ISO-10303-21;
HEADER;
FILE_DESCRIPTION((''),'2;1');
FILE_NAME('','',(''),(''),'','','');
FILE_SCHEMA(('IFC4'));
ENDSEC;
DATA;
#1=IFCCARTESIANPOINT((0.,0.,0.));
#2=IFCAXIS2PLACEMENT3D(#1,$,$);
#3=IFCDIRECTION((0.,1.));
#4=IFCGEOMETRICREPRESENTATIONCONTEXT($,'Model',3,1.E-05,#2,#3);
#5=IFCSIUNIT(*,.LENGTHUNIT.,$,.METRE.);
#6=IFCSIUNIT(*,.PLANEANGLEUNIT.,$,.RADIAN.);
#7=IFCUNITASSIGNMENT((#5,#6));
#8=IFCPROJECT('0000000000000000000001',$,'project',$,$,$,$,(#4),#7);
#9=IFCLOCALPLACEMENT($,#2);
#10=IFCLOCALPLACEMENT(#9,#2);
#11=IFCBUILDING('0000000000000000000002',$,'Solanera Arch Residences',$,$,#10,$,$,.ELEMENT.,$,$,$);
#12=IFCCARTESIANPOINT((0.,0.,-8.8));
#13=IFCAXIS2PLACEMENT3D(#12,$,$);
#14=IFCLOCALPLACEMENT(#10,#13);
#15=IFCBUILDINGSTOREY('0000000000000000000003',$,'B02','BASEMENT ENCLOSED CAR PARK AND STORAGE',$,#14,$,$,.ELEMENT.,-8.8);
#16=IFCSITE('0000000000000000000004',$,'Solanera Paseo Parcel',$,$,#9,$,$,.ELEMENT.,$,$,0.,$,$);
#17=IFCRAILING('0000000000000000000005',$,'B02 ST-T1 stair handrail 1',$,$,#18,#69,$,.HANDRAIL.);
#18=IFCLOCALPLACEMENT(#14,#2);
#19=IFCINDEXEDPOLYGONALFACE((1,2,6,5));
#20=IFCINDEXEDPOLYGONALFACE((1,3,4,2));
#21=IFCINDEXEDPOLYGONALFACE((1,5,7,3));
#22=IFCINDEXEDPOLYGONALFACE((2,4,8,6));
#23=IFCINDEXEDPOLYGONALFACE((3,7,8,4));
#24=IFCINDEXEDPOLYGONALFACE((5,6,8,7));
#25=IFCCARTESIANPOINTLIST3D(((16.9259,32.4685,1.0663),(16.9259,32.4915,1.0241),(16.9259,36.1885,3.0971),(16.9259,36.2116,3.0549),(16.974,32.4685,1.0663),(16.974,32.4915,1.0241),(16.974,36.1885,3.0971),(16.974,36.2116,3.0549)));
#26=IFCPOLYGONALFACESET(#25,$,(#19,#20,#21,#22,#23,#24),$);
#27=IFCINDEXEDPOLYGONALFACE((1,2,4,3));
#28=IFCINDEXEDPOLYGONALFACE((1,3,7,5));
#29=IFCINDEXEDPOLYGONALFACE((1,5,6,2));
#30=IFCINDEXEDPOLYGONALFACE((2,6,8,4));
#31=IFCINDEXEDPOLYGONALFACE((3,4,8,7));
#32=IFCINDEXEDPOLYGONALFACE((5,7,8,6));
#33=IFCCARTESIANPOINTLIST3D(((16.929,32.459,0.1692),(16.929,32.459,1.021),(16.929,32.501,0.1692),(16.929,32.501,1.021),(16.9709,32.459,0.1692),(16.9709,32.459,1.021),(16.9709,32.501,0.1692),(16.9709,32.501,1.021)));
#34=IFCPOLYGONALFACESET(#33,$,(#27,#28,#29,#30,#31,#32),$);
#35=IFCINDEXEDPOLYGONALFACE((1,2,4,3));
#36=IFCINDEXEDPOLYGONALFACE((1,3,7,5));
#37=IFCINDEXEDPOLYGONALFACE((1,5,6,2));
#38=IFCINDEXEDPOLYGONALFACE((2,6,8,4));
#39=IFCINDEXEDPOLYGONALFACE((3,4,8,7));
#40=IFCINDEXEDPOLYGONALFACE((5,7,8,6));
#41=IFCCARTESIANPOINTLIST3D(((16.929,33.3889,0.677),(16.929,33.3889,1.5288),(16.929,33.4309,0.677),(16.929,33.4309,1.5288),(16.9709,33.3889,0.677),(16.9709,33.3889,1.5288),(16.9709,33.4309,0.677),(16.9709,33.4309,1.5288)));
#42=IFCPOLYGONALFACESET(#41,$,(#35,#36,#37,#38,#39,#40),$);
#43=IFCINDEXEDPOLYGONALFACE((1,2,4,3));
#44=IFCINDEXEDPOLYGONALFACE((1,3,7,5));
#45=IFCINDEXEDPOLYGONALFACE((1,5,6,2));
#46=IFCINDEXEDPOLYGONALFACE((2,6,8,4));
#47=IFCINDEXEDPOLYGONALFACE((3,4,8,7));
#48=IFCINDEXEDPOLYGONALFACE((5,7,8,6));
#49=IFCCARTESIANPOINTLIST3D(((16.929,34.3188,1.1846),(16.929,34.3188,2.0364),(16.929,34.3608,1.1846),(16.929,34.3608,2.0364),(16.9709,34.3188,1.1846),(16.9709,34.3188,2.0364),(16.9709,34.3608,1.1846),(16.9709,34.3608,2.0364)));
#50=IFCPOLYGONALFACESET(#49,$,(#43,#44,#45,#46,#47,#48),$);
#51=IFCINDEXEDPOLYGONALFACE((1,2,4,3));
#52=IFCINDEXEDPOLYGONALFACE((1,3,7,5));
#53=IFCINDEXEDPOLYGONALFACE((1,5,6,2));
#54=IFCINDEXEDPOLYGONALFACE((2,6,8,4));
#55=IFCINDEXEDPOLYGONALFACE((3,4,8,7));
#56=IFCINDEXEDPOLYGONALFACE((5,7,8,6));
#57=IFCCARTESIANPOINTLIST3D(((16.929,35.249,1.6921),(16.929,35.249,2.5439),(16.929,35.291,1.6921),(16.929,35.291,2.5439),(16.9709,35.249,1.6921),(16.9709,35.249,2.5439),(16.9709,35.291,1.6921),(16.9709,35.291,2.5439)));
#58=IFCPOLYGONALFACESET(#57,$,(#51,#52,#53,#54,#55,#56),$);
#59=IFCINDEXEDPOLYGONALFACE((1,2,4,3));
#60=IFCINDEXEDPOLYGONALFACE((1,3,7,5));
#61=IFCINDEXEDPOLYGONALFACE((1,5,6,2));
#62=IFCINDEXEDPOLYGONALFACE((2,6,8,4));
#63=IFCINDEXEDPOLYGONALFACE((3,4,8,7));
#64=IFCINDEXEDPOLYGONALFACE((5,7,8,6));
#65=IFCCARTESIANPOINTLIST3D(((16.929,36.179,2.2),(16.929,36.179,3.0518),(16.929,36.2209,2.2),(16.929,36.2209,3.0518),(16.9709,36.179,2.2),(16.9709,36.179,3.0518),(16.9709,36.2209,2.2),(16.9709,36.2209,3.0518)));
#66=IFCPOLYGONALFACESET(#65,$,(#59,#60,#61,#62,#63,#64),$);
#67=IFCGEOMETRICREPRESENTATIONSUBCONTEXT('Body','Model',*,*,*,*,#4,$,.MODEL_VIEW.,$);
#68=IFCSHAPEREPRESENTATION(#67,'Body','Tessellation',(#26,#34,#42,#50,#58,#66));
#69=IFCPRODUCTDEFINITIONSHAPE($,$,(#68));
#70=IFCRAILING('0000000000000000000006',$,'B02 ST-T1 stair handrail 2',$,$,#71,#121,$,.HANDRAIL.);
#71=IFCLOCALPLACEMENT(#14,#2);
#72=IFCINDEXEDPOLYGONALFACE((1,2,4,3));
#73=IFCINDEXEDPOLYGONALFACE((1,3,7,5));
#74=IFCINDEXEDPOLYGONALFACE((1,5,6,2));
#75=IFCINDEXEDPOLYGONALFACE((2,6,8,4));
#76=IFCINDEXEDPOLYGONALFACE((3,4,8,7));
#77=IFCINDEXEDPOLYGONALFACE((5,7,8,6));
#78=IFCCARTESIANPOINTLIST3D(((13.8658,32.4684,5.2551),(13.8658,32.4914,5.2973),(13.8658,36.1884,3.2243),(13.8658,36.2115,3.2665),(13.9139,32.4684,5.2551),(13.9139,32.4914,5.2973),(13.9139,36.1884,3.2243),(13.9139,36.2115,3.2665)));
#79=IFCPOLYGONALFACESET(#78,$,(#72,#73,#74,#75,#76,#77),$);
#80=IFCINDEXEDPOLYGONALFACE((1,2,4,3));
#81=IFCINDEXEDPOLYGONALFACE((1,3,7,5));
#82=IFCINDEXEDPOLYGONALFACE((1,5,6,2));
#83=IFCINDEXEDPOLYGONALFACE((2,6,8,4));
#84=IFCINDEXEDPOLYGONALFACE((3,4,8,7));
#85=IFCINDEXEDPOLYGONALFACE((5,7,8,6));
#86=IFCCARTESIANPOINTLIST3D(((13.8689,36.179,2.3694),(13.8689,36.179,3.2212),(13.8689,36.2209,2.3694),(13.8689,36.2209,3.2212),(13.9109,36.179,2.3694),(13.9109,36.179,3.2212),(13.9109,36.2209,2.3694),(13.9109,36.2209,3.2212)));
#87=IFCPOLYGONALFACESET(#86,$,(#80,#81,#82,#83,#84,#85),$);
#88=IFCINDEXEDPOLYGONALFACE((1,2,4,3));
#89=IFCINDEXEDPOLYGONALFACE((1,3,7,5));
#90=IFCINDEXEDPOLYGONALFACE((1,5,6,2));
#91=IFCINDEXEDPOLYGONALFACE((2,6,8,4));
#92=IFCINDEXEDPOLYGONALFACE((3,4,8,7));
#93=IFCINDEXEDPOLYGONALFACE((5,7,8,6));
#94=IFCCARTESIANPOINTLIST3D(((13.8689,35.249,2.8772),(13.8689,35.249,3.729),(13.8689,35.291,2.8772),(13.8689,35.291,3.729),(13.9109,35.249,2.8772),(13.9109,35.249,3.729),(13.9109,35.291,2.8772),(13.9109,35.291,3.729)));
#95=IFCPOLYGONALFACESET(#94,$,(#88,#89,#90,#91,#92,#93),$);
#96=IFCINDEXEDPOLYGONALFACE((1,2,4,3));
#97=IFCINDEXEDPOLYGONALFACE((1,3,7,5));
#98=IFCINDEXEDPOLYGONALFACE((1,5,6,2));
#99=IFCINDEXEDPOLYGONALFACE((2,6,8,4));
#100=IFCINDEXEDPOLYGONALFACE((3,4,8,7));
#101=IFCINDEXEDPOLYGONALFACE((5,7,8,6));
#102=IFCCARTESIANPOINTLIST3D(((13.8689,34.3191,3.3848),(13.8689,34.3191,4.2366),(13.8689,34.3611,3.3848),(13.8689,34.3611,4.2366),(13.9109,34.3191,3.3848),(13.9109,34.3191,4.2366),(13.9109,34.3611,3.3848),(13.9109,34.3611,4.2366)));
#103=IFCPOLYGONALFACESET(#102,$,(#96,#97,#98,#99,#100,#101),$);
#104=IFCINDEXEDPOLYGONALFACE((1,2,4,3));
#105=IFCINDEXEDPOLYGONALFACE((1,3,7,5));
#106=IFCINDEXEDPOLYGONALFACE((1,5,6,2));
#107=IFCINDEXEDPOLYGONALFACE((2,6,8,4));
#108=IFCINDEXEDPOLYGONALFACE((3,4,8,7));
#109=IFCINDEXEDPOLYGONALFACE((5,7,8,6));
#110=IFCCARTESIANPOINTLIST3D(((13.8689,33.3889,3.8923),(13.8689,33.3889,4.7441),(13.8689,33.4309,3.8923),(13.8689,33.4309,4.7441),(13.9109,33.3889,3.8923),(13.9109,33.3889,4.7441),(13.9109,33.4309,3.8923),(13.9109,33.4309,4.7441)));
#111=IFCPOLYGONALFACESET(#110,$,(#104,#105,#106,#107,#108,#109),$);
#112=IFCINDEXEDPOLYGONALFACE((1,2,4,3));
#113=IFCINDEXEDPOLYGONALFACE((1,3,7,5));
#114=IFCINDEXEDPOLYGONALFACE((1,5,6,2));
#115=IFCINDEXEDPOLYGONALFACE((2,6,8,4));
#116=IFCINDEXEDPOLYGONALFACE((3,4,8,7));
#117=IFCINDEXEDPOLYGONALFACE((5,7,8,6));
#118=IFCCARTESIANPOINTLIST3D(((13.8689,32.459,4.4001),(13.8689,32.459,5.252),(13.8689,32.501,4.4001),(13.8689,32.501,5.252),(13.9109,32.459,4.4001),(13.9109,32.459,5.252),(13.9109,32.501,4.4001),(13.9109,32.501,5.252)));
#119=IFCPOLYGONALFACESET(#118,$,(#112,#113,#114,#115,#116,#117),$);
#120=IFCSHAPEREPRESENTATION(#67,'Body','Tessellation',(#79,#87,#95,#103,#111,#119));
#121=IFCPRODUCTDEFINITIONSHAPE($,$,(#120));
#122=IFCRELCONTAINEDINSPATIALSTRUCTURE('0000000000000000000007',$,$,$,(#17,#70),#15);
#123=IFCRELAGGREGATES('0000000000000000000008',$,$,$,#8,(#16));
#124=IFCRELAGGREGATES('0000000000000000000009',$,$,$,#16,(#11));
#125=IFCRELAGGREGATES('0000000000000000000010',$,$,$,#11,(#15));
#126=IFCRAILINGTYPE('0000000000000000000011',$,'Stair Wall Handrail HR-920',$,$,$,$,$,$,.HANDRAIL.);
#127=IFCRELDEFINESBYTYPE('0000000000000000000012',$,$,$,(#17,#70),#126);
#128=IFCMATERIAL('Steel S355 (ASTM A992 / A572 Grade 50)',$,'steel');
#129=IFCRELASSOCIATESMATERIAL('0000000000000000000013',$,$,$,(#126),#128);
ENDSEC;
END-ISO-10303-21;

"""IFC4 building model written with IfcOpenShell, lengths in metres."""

from ifc_helpers import new_model, si_unit, direction, frame, origin, origin_2d, place, context, subcontext, project, spatial, rectangle, extrude, material, type_object, element, save


model = new_model("IFC4")

# Units and contexts
model_context = context("Model", 3, precision=1e-05, world=origin(), true_north=direction((0.0, 1.0)))
body_context = subcontext(model_context, "Body", "Model", "MODEL_VIEW")
ifc_project = project(units=[si_unit("LENGTHUNIT", "METRE"), si_unit("PLANEANGLEUNIT", "RADIAN")], contexts=[model_context])

# Site, building, storey
site_placement = place(None, origin())
site = spatial("IfcSite", under=ifc_project, at=site_placement, Name="Solanera Paseo Parcel", CompositionType="ELEMENT", RefElevation=0.0)
building_placement = place(site_placement, origin())
building = spatial("IfcBuilding", under=site, at=building_placement, Name="Solanera Arch Residences", CompositionType="ELEMENT")
storey_placement = place(building_placement, frame((0.0, 0.0, -8.8)))
storey = spatial("IfcBuildingStorey", under=building, at=storey_placement, Name="B02", Description="BASEMENT ENCLOSED CAR PARK AND STORAGE", CompositionType="ELEMENT", Elevation=-8.8)

# Railings
ifc_material_1 = material(Name="Steel S355 (ASTM A992 / A572 Grade 50)", Category="steel")
railing_type_1 = type_object("IfcRailingType", Name="Stair Wall Handrail HR-920", PredefinedType="HANDRAIL", material=ifc_material_1)
railing_1_placement = place(storey_placement, frame((16.95, 32.48, 0.1692)))
element("IfcRailing", 1, at=railing_1_placement, inside=storey, type_object=railing_type_1, Name="B02 ST-T1 stair handrail 1", PredefinedType="HANDRAIL", context=body_context, shape_type="SweptSolid", body=[
    extrude(rectangle(XDim=0.0481, YDim=0.0481, at=origin_2d()), frame((0.0, 0.0, 0.876), z_axis=(0.0, 0.877728, 0.479159), x_axis=(-1.0, 0.0, 0.0)), (0.0, 0.0, 1.0), 4.2383),
    extrude(rectangle(XDim=0.042, YDim=0.042, at=origin_2d()), origin(), (0.0, 0.0, 1.0), 0.8518),
    extrude(rectangle(XDim=0.042, YDim=0.042, at=origin_2d()), frame((0.0, 0.9299, 0.5078)), (0.0, 0.0, 1.0), 0.8518),
    extrude(rectangle(XDim=0.042, YDim=0.042, at=origin_2d()), frame((0.0, 1.8599, 1.0154)), (0.0, 0.0, 1.0), 0.8518),
    extrude(rectangle(XDim=0.042, YDim=0.042, at=origin_2d()), frame((0.0, 2.79, 1.5229)), (0.0, 0.0, 1.0), 0.8518),
    extrude(rectangle(XDim=0.042, YDim=0.042, at=origin_2d()), frame((0.0, 3.72, 2.0308)), (0.0, 0.0, 1.0), 0.8518),
])
railing_2_placement = place(storey_placement, frame((13.8899, 36.2, 2.3694)))
element("IfcRailing", 2, at=railing_2_placement, inside=storey, type_object=railing_type_1, Name="B02 ST-T1 stair handrail 2", PredefinedType="HANDRAIL", context=body_context, shape_type="SweptSolid", body=[
    extrude(rectangle(XDim=0.0481, YDim=0.0481, at=origin_2d()), frame((0.0, 0.0, 0.876), z_axis=(0.0, -0.877728, 0.479159), x_axis=(1.0, 0.0, 0.0)), (0.0, 0.0, 1.0), 4.2383),
    extrude(rectangle(XDim=0.042, YDim=0.042, at=origin_2d()), origin(), (0.0, 0.0, 1.0), 0.8518),
    extrude(rectangle(XDim=0.042, YDim=0.042, at=origin_2d()), frame((0.0, -0.9299, 0.5078)), (0.0, 0.0, 1.0), 0.8518),
    extrude(rectangle(XDim=0.042, YDim=0.042, at=origin_2d()), frame((0.0, -1.8599, 1.0154)), (0.0, 0.0, 1.0), 0.8518),
    extrude(rectangle(XDim=0.042, YDim=0.042, at=origin_2d()), frame((0.0, -2.79, 1.5229)), (0.0, 0.0, 1.0), 0.8518),
    extrude(rectangle(XDim=0.042, YDim=0.042, at=origin_2d()), frame((0.0, -3.72, 2.0308)), (0.0, 0.0, 1.0), 0.8518),
])

save(model, "model.ifc")
